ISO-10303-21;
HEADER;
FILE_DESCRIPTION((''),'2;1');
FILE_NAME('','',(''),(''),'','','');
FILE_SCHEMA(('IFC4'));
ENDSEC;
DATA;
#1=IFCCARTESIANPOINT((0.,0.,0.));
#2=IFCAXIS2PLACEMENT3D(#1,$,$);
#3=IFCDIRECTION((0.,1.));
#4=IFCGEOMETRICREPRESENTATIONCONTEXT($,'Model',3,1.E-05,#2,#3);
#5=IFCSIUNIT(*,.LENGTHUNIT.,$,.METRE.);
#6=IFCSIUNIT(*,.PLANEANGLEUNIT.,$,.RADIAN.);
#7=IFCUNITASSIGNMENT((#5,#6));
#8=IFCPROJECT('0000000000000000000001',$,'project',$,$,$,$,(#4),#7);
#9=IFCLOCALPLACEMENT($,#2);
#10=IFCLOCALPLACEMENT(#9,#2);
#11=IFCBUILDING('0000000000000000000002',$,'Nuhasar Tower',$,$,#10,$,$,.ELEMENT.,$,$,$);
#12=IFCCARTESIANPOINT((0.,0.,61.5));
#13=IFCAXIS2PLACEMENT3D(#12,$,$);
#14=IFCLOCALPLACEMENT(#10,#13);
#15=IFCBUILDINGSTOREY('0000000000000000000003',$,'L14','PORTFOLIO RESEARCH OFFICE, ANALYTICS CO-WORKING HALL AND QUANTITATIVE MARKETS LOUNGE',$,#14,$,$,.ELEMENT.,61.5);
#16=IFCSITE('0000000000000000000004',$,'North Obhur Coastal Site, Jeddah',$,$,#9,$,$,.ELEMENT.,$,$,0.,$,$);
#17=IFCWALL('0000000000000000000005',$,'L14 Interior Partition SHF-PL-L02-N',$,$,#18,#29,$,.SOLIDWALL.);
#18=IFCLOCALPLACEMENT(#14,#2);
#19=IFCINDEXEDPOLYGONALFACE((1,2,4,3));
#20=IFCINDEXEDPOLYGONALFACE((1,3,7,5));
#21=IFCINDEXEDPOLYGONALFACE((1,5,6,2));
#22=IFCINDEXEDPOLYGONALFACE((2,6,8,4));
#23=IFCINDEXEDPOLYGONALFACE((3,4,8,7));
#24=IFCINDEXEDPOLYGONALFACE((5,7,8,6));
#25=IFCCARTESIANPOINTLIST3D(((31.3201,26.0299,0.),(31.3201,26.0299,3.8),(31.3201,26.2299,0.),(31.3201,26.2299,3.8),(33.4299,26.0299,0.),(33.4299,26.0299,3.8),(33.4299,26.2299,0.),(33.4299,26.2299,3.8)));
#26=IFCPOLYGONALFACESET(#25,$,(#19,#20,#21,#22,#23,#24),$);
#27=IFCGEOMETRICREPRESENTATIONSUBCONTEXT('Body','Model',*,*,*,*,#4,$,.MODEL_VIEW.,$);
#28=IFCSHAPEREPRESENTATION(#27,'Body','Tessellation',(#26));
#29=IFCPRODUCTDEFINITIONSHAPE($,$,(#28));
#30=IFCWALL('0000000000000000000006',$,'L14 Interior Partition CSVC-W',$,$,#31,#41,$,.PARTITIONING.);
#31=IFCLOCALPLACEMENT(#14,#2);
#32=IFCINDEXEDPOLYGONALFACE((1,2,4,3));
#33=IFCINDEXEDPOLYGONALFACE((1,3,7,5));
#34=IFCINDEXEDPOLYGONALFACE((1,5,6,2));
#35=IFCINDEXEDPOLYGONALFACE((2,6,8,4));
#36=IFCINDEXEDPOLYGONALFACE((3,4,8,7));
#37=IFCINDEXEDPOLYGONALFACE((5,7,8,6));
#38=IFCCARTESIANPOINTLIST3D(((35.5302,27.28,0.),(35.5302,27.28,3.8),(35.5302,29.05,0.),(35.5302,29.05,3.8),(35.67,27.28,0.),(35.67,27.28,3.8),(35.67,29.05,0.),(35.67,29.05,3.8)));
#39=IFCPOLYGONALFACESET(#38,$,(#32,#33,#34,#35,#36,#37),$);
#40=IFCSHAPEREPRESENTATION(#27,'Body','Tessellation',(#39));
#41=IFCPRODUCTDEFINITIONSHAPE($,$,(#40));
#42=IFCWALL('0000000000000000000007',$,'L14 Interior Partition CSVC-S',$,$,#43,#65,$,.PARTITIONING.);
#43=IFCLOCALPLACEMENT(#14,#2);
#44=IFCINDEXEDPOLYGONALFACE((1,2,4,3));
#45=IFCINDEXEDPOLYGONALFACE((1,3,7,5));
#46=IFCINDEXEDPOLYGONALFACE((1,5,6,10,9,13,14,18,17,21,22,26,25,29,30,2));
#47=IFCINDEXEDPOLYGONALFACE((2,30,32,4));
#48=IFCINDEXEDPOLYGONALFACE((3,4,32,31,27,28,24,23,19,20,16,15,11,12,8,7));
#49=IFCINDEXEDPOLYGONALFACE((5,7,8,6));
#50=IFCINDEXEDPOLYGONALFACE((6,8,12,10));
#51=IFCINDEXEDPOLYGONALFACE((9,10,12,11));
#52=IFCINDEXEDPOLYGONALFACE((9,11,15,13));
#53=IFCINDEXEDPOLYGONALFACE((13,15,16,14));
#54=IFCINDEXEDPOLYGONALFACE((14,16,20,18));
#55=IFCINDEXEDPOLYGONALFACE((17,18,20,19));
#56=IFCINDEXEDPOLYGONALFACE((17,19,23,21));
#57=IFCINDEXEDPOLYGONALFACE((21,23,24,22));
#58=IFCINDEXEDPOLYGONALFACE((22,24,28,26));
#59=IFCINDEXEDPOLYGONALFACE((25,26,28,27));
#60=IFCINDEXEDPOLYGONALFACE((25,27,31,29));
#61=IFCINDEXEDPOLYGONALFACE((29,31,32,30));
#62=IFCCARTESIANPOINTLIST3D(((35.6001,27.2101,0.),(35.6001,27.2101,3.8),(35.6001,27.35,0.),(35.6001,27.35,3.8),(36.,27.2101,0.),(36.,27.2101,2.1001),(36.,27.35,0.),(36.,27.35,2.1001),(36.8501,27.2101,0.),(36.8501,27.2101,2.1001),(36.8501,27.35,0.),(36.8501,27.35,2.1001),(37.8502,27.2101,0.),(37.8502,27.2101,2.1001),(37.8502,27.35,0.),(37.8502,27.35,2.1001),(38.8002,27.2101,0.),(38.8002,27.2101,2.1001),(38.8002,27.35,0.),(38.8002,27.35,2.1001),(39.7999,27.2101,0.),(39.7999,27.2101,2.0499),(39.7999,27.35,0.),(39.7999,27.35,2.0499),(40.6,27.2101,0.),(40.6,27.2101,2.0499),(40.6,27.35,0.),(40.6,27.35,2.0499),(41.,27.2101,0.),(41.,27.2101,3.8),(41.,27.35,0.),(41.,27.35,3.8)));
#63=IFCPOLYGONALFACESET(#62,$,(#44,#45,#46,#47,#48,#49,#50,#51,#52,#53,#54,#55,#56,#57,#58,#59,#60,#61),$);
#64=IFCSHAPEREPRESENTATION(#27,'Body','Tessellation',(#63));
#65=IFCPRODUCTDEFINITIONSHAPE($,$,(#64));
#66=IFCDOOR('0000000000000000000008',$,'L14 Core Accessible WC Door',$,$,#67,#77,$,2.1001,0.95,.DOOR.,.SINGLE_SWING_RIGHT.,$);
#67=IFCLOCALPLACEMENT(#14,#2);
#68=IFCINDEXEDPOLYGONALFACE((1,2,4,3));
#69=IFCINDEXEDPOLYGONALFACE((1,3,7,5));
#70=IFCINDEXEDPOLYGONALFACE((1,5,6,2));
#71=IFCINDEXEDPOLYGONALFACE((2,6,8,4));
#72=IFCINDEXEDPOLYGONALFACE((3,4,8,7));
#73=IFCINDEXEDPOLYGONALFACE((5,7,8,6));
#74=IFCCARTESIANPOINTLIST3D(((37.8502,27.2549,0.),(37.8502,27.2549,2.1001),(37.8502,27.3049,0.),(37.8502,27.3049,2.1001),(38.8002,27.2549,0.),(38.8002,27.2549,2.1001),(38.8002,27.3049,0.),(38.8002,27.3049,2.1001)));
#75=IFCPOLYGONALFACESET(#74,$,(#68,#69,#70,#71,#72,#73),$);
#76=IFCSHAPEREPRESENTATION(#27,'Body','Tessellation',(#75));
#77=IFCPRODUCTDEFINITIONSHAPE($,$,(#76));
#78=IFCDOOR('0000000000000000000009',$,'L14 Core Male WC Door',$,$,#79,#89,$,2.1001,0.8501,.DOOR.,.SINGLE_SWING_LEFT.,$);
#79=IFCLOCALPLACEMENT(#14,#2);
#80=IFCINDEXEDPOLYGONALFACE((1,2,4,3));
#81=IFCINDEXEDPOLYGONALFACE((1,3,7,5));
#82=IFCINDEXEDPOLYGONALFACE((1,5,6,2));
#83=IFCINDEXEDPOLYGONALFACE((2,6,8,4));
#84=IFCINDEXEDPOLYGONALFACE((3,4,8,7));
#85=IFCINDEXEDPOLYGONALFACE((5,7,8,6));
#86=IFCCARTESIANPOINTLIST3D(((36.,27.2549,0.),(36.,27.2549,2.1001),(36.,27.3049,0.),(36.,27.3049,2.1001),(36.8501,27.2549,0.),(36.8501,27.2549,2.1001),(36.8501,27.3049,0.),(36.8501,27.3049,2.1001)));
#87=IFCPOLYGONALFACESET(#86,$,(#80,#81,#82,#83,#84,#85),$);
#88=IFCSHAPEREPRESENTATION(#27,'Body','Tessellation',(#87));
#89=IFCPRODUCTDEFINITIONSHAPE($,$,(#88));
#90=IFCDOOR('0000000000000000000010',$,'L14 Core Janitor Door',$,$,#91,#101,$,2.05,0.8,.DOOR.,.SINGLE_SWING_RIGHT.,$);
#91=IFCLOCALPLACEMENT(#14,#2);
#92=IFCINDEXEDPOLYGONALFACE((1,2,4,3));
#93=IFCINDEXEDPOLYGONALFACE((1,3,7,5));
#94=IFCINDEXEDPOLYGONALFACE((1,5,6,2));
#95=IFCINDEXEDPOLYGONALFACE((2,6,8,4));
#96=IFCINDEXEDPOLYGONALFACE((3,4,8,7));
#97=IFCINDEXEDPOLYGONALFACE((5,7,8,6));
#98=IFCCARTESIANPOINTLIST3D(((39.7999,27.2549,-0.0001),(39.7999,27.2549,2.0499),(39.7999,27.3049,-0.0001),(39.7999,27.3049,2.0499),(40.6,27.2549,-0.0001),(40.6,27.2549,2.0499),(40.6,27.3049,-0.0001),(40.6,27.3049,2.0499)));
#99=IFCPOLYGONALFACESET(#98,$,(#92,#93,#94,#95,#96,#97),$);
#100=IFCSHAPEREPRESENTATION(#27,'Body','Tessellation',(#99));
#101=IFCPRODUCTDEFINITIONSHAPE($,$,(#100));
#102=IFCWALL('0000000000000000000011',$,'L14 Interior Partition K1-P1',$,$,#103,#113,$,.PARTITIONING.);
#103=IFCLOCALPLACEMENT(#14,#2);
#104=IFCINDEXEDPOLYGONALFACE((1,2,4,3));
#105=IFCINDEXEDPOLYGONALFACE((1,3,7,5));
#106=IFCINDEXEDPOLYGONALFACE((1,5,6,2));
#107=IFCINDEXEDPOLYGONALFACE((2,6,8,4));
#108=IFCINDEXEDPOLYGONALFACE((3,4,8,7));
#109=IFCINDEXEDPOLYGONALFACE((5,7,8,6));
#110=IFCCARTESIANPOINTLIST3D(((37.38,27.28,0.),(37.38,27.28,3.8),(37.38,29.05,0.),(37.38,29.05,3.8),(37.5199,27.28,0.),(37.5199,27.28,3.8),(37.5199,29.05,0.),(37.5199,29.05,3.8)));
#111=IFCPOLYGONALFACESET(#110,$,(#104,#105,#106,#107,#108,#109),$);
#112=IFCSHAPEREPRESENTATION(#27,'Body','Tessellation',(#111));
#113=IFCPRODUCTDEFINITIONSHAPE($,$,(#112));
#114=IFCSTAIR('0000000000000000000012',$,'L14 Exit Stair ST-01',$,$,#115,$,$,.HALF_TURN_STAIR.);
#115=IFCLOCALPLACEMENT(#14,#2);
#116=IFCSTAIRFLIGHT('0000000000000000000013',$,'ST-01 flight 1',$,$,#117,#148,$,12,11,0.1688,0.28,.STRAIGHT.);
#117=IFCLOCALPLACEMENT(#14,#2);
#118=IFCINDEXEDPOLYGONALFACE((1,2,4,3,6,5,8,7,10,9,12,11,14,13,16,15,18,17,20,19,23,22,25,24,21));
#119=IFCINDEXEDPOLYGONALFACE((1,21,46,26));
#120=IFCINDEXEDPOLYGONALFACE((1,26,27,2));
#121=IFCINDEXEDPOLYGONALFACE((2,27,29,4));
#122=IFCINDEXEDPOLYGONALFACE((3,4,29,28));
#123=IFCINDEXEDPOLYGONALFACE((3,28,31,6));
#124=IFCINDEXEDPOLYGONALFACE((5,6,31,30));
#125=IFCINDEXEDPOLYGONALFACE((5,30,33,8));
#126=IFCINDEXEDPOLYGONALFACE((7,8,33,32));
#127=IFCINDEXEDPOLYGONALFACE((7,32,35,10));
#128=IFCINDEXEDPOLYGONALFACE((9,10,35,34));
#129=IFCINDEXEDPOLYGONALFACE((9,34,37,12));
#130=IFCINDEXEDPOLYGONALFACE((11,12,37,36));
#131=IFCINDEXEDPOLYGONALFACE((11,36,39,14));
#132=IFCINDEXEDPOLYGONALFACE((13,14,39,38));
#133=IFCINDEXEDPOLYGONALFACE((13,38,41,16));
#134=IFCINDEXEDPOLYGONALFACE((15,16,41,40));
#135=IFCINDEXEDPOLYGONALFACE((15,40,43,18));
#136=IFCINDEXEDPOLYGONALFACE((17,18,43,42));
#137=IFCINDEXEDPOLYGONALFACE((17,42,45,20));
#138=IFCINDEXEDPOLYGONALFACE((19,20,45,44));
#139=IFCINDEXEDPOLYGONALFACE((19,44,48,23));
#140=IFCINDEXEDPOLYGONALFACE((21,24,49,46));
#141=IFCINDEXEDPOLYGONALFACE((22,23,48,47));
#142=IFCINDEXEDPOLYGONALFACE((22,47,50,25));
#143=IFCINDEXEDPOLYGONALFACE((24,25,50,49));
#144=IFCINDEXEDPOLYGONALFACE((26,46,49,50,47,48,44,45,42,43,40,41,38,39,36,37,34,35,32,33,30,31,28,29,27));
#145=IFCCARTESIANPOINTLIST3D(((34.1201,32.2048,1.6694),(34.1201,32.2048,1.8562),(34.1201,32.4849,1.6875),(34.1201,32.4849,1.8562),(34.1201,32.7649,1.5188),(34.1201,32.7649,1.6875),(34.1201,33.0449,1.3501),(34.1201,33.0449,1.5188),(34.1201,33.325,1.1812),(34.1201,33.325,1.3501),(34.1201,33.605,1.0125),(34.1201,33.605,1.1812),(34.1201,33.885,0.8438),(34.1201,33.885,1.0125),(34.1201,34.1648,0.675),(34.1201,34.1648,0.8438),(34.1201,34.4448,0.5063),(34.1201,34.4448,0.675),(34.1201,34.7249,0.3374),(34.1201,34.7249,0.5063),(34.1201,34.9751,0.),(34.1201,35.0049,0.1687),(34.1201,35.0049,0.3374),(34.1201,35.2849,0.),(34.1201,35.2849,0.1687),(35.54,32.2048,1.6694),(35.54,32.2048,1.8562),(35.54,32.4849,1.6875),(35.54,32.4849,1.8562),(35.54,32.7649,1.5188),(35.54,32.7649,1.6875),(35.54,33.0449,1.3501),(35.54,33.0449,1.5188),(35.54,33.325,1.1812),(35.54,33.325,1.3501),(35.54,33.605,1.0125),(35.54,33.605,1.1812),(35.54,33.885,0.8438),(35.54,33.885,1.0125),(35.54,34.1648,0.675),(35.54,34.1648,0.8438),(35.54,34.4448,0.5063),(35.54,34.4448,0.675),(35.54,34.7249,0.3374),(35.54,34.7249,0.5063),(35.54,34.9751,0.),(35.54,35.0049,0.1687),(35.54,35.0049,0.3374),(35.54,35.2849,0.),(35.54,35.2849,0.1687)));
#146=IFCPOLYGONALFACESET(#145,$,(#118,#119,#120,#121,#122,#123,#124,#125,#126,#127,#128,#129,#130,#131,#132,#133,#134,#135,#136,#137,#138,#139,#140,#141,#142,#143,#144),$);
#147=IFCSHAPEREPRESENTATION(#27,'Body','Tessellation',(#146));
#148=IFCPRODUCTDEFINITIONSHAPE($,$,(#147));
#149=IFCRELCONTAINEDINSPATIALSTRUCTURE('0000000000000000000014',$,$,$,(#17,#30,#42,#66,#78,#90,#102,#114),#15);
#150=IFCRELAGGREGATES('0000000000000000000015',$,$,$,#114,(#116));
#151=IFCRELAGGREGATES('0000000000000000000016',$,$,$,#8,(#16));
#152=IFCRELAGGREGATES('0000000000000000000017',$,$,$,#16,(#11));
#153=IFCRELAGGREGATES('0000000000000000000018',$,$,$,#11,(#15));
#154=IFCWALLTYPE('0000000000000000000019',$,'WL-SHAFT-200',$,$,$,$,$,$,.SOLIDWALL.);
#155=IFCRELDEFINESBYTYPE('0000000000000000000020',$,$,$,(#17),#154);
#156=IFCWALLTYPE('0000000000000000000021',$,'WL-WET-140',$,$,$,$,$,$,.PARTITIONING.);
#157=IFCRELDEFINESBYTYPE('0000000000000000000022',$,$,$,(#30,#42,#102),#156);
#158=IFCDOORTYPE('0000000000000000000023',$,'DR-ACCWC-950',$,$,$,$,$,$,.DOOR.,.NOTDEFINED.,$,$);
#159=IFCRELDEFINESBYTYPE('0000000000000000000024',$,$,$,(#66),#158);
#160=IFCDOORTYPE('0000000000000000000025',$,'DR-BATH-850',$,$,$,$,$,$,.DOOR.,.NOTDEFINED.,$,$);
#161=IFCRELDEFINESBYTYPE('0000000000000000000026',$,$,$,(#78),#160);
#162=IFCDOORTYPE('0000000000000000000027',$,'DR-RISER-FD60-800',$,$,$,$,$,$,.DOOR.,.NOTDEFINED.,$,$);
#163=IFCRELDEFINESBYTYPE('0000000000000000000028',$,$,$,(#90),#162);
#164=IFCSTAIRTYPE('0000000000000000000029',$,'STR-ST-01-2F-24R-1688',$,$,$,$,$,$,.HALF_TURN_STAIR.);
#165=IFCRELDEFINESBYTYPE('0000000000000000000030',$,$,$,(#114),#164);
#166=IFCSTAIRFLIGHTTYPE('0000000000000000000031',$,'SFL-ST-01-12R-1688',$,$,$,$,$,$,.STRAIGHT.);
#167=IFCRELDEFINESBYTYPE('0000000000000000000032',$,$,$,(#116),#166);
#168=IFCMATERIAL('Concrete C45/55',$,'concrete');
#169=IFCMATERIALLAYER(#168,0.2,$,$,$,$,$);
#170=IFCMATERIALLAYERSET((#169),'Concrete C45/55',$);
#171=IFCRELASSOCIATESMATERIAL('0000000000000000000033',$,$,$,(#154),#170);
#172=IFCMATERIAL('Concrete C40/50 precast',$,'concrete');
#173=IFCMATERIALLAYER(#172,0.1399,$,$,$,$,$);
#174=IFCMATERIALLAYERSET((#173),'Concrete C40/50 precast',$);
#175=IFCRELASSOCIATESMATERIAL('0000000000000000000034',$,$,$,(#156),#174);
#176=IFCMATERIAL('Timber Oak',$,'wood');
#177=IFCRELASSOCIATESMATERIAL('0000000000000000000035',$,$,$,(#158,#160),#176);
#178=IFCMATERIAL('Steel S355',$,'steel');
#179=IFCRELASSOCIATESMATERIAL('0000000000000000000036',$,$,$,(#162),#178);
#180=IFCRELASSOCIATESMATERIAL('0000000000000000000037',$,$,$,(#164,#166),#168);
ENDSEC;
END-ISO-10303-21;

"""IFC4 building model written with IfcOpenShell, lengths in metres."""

from ifc_helpers import new_model, si_unit, direction, frame, frame_2d, origin, place, context, subcontext, project, spatial, polyline, rectangle, outline, extrude, material, layer, layer_set, type_object, element, fill, aggregate, save


model = new_model("IFC4")

# Units and contexts
model_context = context("Model", 3, precision=1e-05, world=origin(), true_north=direction((0.0, 1.0)))
body_context = subcontext(model_context, "Body", "Model", "MODEL_VIEW")
ifc_project = project(units=[si_unit("LENGTHUNIT", "METRE"), si_unit("PLANEANGLEUNIT", "RADIAN")], contexts=[model_context])

# Site, building, storey
site_placement = place(None, origin())
site = spatial("IfcSite", under=ifc_project, at=site_placement, Name="North Obhur Coastal Site, Jeddah", CompositionType="ELEMENT", RefElevation=0.0)
building_placement = place(site_placement, origin())
building = spatial("IfcBuilding", under=site, at=building_placement, Name="Nuhasar Tower", CompositionType="ELEMENT")
storey_placement = place(building_placement, frame((0.0, 0.0, 61.5)))
storey = spatial("IfcBuildingStorey", under=building, at=storey_placement, Name="L14", Description="PORTFOLIO RESEARCH OFFICE, ANALYTICS CO-WORKING HALL AND QUANTITATIVE MARKETS LOUNGE", CompositionType="ELEMENT", Elevation=61.5)

# Shared definitions
ifc_material_1 = material(Name="Steel S355", Category="steel")

# Walls
ifc_material_2 = material(Name="Concrete C45/55", Category="concrete")
ifc_layer_1 = layer(ifc_material_2, 0.2)
ifc_layer_set_1 = layer_set([ifc_layer_1], Name="Concrete C45/55")
wall_type_1 = type_object("IfcWallType", Name="WL-SHAFT-200", PredefinedType="SOLIDWALL", material=ifc_layer_set_1)
wall_1_placement = place(storey_placement, frame((31.3201, 26.1299, 0.0), z_axis=(0.0, 0.0, 1.0), x_axis=(1.0, 0.0, 0.0)))
element("IfcWall", 1, at=wall_1_placement, inside=storey, type_object=wall_type_1, Name="L14 Interior Partition SHF-PL-L02-N", PredefinedType="SOLIDWALL", context=body_context, shape_type="SweptSolid", body=[
    extrude(rectangle(XDim=2.1099, YDim=0.2, at=frame_2d((1.0549, 0.0))), origin(), (0.0, 0.0, 1.0), 3.8),
])
ifc_material_3 = material(Name="Concrete C40/50 precast", Category="concrete")
ifc_layer_2 = layer(ifc_material_3, 0.1399)
ifc_layer_set_2 = layer_set([ifc_layer_2], Name="Concrete C40/50 precast")
wall_type_2 = type_object("IfcWallType", Name="WL-WET-140", PredefinedType="PARTITIONING", material=ifc_layer_set_2)
wall_2_placement = place(storey_placement, frame((35.6001, 27.28, 0.0), z_axis=(0.0, 0.0, 1.0), x_axis=(0.0, 1.0, 0.0)))
element("IfcWall", 2, at=wall_2_placement, inside=storey, type_object=wall_type_2, Name="L14 Interior Partition CSVC-W", PredefinedType="PARTITIONING", context=body_context, shape_type="SweptSolid", body=[
    extrude(rectangle(XDim=1.77, YDim=0.1399, at=frame_2d((0.885, 0.0))), origin(), (0.0, 0.0, 1.0), 3.8),
])

# Wall, openings, doors
wall_3_placement = place(storey_placement, frame((35.6001, 27.28, 0.0), z_axis=(0.0, 0.0, 1.0), x_axis=(1.0, 0.0, 0.0)))
wall_3 = element("IfcWall", 3, at=wall_3_placement, inside=storey, type_object=wall_type_2, Name="L14 Interior Partition CSVC-S", PredefinedType="PARTITIONING", context=body_context, shape_type="SweptSolid", body=[
    extrude(rectangle(XDim=5.3999, YDim=0.1399, at=frame_2d((2.7, 0.0))), origin(), (0.0, 0.0, 1.0), 3.8),
])
opening_1_placement = place(wall_3_placement, frame((0.3999, 0.0, 0.0)))
opening_1 = element("IfcOpeningElement", 4, at=opening_1_placement, cuts=wall_3, PredefinedType="OPENING", context=body_context, shape_type="SweptSolid", body=[
    extrude(rectangle(XDim=0.8501, YDim=2.1001, at=frame_2d((0.425, 1.05))), frame((0.0, 0.0801, 0.0), z_axis=(0.0, -1.0, 0.0), x_axis=(1.0, 0.0, 0.0)), (0.0, 0.0, 1.0), 0.1599),
])
opening_2_placement = place(wall_3_placement, frame((2.25, 0.0, 0.0)))
opening_2 = element("IfcOpeningElement", 5, at=opening_2_placement, cuts=wall_3, PredefinedType="OPENING", context=body_context, shape_type="SweptSolid", body=[
    extrude(rectangle(XDim=0.95, YDim=2.1001, at=frame_2d((0.4751, 1.05))), frame((0.0, 0.0801, 0.0), z_axis=(0.0, -1.0, 0.0), x_axis=(1.0, 0.0, 0.0)), (0.0, 0.0, 1.0), 0.1599),
])
opening_3_placement = place(wall_3_placement, frame((4.2, 0.0, 0.0)))
opening_3 = element("IfcOpeningElement", 6, at=opening_3_placement, cuts=wall_3, PredefinedType="OPENING", context=body_context, shape_type="SweptSolid", body=[
    extrude(rectangle(XDim=0.8, YDim=2.05, at=frame_2d((0.3999, 1.0249))), frame((0.0, 0.0801, 0.0), z_axis=(0.0, -1.0, 0.0), x_axis=(1.0, 0.0, 0.0)), (0.0, 0.0, 1.0), 0.1599),
])
ifc_material_4 = material(Name="Timber Oak", Category="wood")
door_type_1 = type_object("IfcDoorType", Name="DR-ACCWC-950", OperationType="NOTDEFINED", PredefinedType="DOOR", material=ifc_material_4)
door_1_placement = place(opening_2_placement, origin())
door_1 = element("IfcDoor", 7, at=door_1_placement, inside=storey, type_object=door_type_1, Name="L14 Core Accessible WC Door", OperationType="SINGLE_SWING_RIGHT", OverallHeight=2.1001, OverallWidth=0.95, PredefinedType="DOOR", context=body_context, shape_type="SweptSolid", body=[
    extrude(rectangle(XDim=0.95, YDim=2.1001, at=frame_2d((0.4751, 1.05))), frame((0.0, 0.0249, 0.0), z_axis=(0.0, -1.0, 0.0), x_axis=(1.0, 0.0, 0.0)), (0.0, 0.0, 1.0), 0.05),
])
fill(opening_2, door_1)
door_type_2 = type_object("IfcDoorType", Name="DR-BATH-850", OperationType="NOTDEFINED", PredefinedType="DOOR", material=ifc_material_4)
door_2_placement = place(opening_1_placement, origin())
door_2 = element("IfcDoor", 8, at=door_2_placement, inside=storey, type_object=door_type_2, Name="L14 Core Male WC Door", OperationType="SINGLE_SWING_LEFT", OverallHeight=2.1001, OverallWidth=0.8501, PredefinedType="DOOR", context=body_context, shape_type="SweptSolid", body=[
    extrude(rectangle(XDim=0.8501, YDim=2.1001, at=frame_2d((0.425, 1.05))), frame((0.0, 0.0249, 0.0), z_axis=(0.0, -1.0, 0.0), x_axis=(1.0, 0.0, 0.0)), (0.0, 0.0, 1.0), 0.05),
])
fill(opening_1, door_2)
door_type_3 = type_object("IfcDoorType", Name="DR-RISER-FD60-800", OperationType="NOTDEFINED", PredefinedType="DOOR", material=ifc_material_1)
door_3_placement = place(opening_3_placement, origin())
door_3 = element("IfcDoor", 9, at=door_3_placement, inside=storey, type_object=door_type_3, Name="L14 Core Janitor Door", OperationType="SINGLE_SWING_RIGHT", OverallHeight=2.05, OverallWidth=0.8, PredefinedType="DOOR", context=body_context, shape_type="SweptSolid", body=[
    extrude(rectangle(XDim=0.8, YDim=2.05, at=frame_2d((0.3999, 1.0249))), frame((0.0, 0.0249, 0.0), z_axis=(0.0, -1.0, 0.0), x_axis=(1.0, 0.0, 0.0)), (0.0, 0.0, 1.0), 0.05),
])
fill(opening_3, door_3)

# Wall
wall_4_placement = place(storey_placement, frame((37.45, 27.28, 0.0), z_axis=(0.0, 0.0, 1.0), x_axis=(0.0, 1.0, 0.0)))
element("IfcWall", 10, at=wall_4_placement, inside=storey, type_object=wall_type_2, Name="L14 Interior Partition K1-P1", PredefinedType="PARTITIONING", context=body_context, shape_type="SweptSolid", body=[
    extrude(rectangle(XDim=1.77, YDim=0.1399, at=frame_2d((0.885, 0.0))), origin(), (0.0, 0.0, 1.0), 3.8),
])

# Stair, stair flight
stair_type_1 = type_object("IfcStairType", Name="STR-ST-01-2F-24R-1688", PredefinedType="HALF_TURN_STAIR", material=ifc_material_2)
stair_1_placement = place(storey_placement, origin())
stair_1 = element("IfcStair", 11, at=stair_1_placement, inside=storey, type_object=stair_type_1, Name="L14 Exit Stair ST-01", PredefinedType="HALF_TURN_STAIR")
stair_flight_type_1 = type_object("IfcStairFlightType", Name="SFL-ST-01-12R-1688", PredefinedType="STRAIGHT", material=ifc_material_2)
stair_flight_1_placement = place(storey_placement, frame((34.8301, 35.2849, 0.0), z_axis=(0.0, 0.0, 1.0), x_axis=(0.0, -1.0, 0.0)))
stair_flight_1 = element("IfcStairFlight", 12, at=stair_flight_1_placement, type_object=stair_flight_type_1, Name="ST-01 flight 1", NumberOfRisers=12, NumberOfTreads=11, PredefinedType="STRAIGHT", RiserHeight=0.1688, TreadLength=0.28, context=body_context, shape_type="SweptSolid", body=[
    extrude(outline(polyline([(0.0, 0.0), (0.0, 0.1687), (0.28, 0.1687), (0.28, 0.3374), (0.5601, 0.3374), (0.5601, 0.5063), (0.8401, 0.5063), (0.8401, 0.675), (1.1201, 0.675), (1.1201, 0.8438), (1.3999, 0.8438), (1.3999, 1.0125), (1.6799, 1.0125), (1.6799, 1.1812), (1.96, 1.1812), (1.96, 1.3501), (2.24, 1.3501), (2.24, 1.5188), (2.52, 1.5188), (2.52, 1.6875), (2.8, 1.6875), (2.8, 1.8562), (3.0801, 1.8562), (3.0801, 2.0249), (3.0801, 1.6694), (0.3098, 0.0), (0.0, 0.0)])), frame((0.0, 0.71, 0.0), z_axis=(0.0, -1.0, 0.0), x_axis=(1.0, 0.0, 0.0)), (0.0, 0.0, 1.0), 1.4199),
])
aggregate(stair_1, [stair_flight_1])

save(model, "model.ifc")
